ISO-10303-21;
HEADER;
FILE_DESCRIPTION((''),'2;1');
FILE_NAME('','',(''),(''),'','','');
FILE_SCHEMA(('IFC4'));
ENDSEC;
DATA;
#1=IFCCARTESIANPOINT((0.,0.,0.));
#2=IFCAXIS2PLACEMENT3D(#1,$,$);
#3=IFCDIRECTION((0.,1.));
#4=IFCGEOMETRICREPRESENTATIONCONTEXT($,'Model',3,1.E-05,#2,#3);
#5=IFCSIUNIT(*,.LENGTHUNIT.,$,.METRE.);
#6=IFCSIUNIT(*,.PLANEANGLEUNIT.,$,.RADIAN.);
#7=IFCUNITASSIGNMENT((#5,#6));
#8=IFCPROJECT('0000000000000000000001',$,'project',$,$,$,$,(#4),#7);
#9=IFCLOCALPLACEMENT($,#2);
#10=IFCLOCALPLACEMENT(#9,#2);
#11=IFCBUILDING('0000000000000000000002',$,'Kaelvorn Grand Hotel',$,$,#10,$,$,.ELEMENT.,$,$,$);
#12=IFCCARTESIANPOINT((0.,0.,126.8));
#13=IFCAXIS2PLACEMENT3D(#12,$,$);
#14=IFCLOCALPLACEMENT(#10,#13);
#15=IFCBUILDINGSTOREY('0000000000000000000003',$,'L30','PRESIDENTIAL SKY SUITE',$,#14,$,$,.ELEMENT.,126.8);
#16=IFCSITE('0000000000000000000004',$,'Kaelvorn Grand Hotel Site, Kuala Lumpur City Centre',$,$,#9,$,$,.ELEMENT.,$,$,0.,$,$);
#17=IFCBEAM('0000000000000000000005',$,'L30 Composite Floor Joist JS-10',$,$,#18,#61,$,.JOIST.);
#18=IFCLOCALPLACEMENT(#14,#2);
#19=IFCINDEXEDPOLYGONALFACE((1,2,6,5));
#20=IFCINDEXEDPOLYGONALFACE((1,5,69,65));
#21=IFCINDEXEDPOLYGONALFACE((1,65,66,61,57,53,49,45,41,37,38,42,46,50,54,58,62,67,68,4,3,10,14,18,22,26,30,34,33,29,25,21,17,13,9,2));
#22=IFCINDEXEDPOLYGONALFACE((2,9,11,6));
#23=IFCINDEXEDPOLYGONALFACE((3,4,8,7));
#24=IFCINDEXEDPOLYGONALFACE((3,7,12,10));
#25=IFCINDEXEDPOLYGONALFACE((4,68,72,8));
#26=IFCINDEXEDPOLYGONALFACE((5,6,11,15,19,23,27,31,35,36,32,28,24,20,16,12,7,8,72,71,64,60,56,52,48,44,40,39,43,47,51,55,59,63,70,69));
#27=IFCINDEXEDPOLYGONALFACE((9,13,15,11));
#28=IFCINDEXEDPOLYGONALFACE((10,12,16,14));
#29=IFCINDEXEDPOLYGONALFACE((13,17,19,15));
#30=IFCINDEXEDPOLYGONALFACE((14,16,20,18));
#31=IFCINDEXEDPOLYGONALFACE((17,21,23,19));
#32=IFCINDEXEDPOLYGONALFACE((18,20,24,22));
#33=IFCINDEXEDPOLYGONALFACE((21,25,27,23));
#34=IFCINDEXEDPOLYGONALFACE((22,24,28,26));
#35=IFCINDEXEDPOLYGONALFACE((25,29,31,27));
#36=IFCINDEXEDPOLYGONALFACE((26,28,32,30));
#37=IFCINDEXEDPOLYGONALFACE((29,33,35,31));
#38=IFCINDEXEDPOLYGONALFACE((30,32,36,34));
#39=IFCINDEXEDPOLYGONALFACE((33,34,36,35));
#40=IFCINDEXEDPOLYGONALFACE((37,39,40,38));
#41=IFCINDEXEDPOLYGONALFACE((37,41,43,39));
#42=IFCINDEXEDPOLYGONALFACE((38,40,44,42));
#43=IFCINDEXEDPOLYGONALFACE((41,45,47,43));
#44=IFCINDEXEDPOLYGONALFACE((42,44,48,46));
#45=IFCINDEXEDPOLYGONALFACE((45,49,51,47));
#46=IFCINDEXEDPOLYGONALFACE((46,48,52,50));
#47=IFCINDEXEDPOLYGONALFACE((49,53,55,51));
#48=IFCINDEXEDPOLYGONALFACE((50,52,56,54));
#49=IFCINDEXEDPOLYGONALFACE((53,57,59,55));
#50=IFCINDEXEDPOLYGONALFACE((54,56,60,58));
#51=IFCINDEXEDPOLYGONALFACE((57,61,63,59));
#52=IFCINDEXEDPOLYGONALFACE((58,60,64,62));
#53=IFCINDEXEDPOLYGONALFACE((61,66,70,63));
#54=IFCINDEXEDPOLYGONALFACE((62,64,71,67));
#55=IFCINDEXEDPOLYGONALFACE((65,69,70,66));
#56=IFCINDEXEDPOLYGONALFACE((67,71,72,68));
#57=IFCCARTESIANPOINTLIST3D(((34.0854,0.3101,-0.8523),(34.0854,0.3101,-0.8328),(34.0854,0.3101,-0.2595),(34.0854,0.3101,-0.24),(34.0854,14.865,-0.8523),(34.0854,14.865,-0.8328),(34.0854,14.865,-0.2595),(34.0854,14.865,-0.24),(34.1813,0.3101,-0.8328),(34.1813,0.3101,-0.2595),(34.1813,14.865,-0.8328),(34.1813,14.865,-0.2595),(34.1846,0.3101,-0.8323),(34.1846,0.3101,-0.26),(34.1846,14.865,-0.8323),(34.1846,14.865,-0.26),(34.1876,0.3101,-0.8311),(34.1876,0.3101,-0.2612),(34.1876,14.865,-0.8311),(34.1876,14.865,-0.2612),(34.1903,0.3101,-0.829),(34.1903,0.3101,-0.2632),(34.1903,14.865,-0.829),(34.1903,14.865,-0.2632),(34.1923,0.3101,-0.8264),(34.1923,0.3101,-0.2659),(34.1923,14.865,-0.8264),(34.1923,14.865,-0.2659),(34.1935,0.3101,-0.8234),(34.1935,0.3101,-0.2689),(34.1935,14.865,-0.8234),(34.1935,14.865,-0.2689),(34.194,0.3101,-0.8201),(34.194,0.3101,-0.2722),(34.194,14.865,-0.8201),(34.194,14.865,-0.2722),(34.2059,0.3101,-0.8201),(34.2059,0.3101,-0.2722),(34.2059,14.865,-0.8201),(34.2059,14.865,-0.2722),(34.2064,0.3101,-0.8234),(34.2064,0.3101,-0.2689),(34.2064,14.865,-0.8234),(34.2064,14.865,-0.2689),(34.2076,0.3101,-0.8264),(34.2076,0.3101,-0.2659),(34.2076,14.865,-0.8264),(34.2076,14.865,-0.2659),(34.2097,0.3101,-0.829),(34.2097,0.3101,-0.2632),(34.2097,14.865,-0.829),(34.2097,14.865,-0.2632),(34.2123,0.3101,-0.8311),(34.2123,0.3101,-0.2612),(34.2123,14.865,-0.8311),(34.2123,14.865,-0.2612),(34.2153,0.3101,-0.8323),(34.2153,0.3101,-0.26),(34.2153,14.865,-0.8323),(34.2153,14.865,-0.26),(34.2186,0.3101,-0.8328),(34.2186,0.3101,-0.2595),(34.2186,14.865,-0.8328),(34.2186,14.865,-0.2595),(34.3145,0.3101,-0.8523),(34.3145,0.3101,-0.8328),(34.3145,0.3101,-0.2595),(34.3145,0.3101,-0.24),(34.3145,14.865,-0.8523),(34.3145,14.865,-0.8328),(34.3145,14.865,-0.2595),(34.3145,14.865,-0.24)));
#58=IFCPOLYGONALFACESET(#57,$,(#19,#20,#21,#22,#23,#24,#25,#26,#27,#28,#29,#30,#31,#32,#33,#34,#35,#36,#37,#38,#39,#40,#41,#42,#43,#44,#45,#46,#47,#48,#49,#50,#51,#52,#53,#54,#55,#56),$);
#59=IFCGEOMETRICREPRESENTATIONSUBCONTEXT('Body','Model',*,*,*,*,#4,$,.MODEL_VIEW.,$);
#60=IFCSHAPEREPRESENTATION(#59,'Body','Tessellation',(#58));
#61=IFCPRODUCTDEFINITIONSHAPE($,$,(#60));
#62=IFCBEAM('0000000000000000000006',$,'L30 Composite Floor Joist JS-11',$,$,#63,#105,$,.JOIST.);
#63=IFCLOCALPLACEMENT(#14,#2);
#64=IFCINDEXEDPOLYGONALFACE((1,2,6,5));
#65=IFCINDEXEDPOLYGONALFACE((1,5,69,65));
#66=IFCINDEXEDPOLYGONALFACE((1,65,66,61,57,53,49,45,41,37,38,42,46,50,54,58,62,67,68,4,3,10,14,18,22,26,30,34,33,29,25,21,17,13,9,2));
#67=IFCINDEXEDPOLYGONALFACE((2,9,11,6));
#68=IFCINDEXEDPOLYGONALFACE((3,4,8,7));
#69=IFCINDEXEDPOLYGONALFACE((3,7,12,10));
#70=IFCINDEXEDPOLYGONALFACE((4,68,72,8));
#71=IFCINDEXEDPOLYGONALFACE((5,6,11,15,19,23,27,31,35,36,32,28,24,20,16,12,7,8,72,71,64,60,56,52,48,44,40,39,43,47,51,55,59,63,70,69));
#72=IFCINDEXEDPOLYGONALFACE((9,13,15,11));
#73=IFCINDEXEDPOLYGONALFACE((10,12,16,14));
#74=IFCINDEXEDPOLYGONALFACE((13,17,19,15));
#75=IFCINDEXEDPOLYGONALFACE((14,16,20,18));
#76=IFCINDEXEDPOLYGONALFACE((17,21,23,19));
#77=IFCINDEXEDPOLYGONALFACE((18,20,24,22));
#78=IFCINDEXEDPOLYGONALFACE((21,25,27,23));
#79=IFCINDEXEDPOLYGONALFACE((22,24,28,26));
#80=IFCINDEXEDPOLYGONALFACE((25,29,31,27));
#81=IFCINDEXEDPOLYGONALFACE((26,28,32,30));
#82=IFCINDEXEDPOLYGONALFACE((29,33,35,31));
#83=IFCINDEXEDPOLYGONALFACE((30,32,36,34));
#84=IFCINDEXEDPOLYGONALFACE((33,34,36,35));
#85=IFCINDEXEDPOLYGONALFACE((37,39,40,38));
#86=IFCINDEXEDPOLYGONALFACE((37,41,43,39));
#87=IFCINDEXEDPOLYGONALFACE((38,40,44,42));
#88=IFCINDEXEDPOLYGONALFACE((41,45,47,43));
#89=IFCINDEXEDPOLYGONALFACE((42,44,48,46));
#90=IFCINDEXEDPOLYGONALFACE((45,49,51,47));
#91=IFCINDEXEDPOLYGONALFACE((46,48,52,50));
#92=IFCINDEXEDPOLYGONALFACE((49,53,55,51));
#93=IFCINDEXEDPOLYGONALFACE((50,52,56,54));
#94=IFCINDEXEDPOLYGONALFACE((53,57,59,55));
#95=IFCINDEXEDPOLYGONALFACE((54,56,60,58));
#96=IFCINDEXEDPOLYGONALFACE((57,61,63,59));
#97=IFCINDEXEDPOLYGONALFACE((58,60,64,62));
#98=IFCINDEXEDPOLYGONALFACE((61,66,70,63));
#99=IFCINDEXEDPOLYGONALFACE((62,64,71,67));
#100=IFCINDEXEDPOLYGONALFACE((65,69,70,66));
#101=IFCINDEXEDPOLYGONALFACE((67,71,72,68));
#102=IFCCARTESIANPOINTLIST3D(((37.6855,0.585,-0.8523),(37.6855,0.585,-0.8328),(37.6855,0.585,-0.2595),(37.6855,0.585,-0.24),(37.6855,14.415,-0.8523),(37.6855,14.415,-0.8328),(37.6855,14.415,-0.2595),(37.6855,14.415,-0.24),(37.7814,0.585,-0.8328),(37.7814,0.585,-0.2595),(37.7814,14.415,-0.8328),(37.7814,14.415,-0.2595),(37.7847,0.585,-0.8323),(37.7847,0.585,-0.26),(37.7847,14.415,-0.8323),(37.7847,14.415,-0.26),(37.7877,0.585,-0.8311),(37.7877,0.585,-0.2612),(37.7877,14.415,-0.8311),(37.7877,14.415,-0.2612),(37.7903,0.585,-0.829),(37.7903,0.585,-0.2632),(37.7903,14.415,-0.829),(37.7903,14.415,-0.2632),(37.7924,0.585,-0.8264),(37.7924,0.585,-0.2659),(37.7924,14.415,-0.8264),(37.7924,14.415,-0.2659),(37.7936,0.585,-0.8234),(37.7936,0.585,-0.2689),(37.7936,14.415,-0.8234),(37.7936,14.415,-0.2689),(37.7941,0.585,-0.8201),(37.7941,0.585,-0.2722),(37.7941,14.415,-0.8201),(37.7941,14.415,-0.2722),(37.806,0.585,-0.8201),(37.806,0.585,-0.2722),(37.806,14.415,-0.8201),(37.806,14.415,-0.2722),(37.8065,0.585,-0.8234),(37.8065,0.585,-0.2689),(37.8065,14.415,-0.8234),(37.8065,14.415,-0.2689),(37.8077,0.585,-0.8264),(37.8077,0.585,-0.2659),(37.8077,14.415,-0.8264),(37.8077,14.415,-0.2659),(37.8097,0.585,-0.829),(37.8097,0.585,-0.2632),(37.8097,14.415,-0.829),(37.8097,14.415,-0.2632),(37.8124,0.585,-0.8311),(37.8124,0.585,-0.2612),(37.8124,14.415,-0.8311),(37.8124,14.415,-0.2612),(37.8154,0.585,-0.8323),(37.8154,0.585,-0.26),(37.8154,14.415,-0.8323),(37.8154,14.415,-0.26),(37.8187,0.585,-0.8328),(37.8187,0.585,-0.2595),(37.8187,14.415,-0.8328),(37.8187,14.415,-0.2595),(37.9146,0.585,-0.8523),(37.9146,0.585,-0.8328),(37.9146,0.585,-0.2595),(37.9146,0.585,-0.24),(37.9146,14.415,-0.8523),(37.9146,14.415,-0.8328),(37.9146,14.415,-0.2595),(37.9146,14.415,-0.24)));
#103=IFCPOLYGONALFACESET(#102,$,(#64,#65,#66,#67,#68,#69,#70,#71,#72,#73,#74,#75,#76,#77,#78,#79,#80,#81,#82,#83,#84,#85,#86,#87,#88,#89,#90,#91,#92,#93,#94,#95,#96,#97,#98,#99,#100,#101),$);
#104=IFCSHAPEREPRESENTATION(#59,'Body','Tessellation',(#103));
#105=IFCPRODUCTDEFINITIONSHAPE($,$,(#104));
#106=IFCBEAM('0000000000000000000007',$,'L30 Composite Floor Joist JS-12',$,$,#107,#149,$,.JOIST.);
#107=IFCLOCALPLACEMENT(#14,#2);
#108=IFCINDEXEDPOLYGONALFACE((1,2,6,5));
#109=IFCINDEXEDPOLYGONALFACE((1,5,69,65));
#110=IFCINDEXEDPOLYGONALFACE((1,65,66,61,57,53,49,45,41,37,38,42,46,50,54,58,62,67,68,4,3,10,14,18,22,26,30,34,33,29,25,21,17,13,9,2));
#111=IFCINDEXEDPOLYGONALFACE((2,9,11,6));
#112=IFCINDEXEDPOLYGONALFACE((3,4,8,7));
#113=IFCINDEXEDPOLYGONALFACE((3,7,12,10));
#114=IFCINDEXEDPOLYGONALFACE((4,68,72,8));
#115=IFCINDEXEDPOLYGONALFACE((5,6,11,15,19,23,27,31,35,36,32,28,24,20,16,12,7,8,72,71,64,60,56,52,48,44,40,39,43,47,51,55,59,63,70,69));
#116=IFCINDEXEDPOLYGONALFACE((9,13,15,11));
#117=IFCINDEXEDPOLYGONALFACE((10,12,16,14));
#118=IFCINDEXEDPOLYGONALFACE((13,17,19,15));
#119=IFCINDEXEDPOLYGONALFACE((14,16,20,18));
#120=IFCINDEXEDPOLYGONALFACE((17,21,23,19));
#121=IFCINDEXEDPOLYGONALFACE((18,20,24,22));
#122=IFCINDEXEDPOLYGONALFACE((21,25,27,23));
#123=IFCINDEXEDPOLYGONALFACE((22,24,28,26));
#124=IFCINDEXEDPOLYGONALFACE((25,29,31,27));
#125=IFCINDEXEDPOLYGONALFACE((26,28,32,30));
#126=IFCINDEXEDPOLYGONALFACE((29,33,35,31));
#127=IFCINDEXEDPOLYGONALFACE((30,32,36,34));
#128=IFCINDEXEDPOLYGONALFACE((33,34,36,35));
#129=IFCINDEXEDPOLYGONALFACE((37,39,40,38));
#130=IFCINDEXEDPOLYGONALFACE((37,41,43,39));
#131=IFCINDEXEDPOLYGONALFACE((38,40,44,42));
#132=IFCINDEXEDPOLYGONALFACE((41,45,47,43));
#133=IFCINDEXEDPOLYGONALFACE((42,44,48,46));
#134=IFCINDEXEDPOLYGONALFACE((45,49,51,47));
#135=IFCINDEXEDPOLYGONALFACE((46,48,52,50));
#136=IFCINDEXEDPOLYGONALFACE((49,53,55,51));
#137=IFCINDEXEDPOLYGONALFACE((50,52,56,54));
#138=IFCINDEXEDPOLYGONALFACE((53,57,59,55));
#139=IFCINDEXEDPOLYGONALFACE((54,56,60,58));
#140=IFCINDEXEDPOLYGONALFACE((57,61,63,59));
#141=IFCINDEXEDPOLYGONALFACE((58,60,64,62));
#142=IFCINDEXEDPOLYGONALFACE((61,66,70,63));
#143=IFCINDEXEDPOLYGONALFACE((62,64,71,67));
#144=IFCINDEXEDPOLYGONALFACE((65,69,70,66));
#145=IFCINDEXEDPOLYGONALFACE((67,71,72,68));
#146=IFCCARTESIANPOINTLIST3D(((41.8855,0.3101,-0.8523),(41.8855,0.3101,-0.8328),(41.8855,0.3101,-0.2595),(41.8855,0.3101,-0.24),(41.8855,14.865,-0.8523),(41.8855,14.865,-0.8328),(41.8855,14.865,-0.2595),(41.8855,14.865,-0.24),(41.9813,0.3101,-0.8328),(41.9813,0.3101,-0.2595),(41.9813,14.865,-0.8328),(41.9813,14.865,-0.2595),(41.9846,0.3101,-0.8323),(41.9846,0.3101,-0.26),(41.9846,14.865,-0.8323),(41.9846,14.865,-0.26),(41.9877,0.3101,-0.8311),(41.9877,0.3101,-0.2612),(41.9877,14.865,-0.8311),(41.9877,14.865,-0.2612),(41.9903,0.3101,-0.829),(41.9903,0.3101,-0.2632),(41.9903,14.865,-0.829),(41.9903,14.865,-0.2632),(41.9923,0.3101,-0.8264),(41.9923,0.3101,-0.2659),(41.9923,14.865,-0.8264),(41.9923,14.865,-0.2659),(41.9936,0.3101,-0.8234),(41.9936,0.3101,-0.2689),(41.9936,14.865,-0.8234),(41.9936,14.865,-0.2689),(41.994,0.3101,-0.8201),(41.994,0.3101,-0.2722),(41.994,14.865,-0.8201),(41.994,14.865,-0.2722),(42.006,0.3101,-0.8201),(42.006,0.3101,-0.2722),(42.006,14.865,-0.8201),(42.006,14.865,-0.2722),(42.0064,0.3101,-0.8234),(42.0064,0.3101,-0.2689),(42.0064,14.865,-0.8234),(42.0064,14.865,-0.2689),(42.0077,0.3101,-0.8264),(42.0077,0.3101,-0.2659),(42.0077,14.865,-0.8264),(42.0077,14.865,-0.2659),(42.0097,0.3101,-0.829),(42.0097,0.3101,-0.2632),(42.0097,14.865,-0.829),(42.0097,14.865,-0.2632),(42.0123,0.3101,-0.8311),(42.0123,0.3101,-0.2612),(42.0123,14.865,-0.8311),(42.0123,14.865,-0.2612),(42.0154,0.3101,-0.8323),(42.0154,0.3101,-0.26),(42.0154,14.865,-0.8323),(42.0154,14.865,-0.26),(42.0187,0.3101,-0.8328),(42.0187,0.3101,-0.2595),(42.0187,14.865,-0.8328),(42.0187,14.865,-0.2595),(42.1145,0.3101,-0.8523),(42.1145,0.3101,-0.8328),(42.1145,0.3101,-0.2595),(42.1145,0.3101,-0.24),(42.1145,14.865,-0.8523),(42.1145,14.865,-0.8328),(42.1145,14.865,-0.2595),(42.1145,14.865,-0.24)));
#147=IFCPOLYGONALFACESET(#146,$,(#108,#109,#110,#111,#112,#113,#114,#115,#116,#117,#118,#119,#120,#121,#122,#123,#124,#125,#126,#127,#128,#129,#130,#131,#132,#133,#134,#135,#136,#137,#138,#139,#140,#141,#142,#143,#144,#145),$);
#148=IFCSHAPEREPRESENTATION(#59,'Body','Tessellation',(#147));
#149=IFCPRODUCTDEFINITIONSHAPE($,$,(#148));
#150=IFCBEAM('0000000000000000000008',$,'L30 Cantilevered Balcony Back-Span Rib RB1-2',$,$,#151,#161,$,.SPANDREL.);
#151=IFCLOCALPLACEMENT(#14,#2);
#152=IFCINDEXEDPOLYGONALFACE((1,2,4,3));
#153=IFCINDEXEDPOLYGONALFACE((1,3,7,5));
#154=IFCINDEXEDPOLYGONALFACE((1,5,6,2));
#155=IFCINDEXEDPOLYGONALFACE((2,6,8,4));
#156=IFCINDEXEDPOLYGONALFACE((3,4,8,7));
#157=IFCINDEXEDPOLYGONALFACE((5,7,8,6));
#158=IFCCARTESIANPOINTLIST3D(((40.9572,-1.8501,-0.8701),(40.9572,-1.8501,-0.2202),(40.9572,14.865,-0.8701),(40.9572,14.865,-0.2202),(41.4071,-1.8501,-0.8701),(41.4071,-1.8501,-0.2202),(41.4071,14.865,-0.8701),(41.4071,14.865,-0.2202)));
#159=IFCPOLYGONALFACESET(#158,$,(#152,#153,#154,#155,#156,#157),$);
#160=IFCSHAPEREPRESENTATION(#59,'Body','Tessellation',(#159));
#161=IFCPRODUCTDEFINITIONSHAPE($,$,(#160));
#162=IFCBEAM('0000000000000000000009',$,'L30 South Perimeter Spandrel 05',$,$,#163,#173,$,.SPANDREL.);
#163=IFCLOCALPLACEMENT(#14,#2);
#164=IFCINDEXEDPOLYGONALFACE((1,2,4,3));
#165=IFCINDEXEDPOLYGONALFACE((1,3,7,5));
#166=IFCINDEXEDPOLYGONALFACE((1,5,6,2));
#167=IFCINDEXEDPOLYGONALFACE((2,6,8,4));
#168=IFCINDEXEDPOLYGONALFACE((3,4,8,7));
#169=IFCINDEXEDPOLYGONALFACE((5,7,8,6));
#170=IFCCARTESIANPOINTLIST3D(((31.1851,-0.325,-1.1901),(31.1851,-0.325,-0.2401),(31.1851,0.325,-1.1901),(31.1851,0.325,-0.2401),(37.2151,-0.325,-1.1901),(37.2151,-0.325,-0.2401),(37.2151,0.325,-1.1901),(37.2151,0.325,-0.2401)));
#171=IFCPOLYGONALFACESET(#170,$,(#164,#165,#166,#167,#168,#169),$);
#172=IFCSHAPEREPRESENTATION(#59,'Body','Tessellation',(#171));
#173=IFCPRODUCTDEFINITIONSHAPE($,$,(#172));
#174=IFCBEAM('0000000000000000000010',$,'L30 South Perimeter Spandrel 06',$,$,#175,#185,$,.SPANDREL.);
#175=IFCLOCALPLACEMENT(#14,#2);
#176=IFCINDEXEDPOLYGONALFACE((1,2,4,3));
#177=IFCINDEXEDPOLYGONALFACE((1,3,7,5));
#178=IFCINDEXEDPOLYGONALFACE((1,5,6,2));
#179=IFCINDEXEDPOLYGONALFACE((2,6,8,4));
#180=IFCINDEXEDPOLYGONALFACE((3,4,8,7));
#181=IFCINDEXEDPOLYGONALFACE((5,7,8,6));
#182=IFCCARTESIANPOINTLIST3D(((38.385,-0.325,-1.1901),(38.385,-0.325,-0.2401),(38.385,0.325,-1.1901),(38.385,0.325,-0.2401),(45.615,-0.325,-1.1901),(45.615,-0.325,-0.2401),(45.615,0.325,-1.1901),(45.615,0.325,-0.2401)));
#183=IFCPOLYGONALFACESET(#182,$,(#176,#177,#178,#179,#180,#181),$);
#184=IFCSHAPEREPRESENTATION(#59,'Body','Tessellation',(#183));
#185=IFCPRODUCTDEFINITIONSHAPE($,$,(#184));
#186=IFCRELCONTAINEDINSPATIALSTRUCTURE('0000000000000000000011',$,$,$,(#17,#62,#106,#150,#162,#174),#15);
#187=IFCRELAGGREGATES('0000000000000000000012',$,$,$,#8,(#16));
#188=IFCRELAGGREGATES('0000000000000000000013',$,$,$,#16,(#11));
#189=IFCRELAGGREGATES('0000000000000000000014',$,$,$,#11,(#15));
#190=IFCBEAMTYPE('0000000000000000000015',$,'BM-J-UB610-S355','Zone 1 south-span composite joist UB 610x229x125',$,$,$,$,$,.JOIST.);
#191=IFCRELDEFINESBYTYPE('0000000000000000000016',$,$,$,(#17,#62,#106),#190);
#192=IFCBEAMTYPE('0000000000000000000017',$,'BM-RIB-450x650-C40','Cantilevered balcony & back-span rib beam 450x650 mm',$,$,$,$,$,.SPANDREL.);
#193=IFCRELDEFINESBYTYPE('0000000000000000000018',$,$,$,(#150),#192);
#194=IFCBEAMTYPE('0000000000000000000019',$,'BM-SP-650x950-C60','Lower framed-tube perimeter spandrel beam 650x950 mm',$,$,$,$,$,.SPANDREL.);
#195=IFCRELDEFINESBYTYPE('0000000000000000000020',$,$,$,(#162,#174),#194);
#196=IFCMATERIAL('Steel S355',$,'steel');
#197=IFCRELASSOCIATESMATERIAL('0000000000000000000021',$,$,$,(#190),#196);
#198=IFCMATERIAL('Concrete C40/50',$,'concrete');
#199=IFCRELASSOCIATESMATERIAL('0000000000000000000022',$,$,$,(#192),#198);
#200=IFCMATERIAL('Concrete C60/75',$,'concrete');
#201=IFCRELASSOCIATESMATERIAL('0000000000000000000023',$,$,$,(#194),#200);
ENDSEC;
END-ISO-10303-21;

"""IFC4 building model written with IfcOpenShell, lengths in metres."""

from ifc_helpers import new_model, si_unit, direction, frame, origin, origin_2d, place, context, subcontext, project, spatial, rectangle, i_section, extrude, material, material_profile, profile_set, type_object, element, save


model = new_model("IFC4")

# Units and contexts
model_context = context("Model", 3, precision=1e-05, world=origin(), true_north=direction((0.0, 1.0)))
body_context = subcontext(model_context, "Body", "Model", "MODEL_VIEW")
ifc_project = project(units=[si_unit("LENGTHUNIT", "METRE"), si_unit("PLANEANGLEUNIT", "RADIAN")], contexts=[model_context])

# Site, building, storey
site_placement = place(None, origin())
site = spatial("IfcSite", under=ifc_project, at=site_placement, Name="Kaelvorn Grand Hotel Site, Kuala Lumpur City Centre", CompositionType="ELEMENT", RefElevation=0.0)
building_placement = place(site_placement, origin())
building = spatial("IfcBuilding", under=site, at=building_placement, Name="Kaelvorn Grand Hotel", CompositionType="ELEMENT")
storey_placement = place(building_placement, frame((0.0, 0.0, 126.8)))
storey = spatial("IfcBuildingStorey", under=building, at=storey_placement, Name="L30", Description="PRESIDENTIAL SKY SUITE", CompositionType="ELEMENT", Elevation=126.8)

# Shared definitions
ifc_material_1 = material(Name="Concrete C60/75", Category="concrete")

# Beams
ifc_material_2 = material(Name="Steel S355", Category="steel")
ifc_material_profile_1 = material_profile(ifc_material_2, i_section(OverallWidth=0.229, OverallDepth=0.6123, WebThickness=0.012, FlangeThickness=0.0195, FilletRadius=0.0127, at=origin_2d()), Name="UB 610x229x125")
ifc_profile_set_1 = profile_set([ifc_material_profile_1], Name="Steel S355")
beam_type_1 = type_object("IfcBeamType", Name="BM-J-UB610-S355", Description="Zone 1 south-span composite joist UB 610x229x125", PredefinedType="JOIST", material=ifc_profile_set_1)
beam_1_placement = place(storey_placement, frame((34.2, 0.3101, -0.5461), z_axis=(0.0, 1.0, 0.0), x_axis=(-1.0, 0.0, 0.0)))
element("IfcBeam", 1, at=beam_1_placement, inside=storey, type_object=beam_type_1, Name="L30 Composite Floor Joist JS-10", PredefinedType="JOIST", context=body_context, shape_type="SweptSolid", body=[
    extrude(i_section(OverallWidth=0.229, OverallDepth=0.6123, WebThickness=0.012, FlangeThickness=0.0195, FilletRadius=0.0127, at=origin_2d()), origin(), (0.0, 0.0, 1.0), 14.5549),
])
beam_2_placement = place(storey_placement, frame((37.8, 0.585, -0.5461), z_axis=(0.0, 1.0, 0.0), x_axis=(-1.0, 0.0, 0.0)))
element("IfcBeam", 2, at=beam_2_placement, inside=storey, type_object=beam_type_1, Name="L30 Composite Floor Joist JS-11", PredefinedType="JOIST", context=body_context, shape_type="SweptSolid", body=[
    extrude(i_section(OverallWidth=0.229, OverallDepth=0.6123, WebThickness=0.012, FlangeThickness=0.0195, FilletRadius=0.0127, at=origin_2d()), origin(), (0.0, 0.0, 1.0), 13.8301),
])
beam_3_placement = place(storey_placement, frame((42.0, 0.3101, -0.5461), z_axis=(0.0, 1.0, 0.0), x_axis=(-1.0, 0.0, 0.0)))
element("IfcBeam", 3, at=beam_3_placement, inside=storey, type_object=beam_type_1, Name="L30 Composite Floor Joist JS-12", PredefinedType="JOIST", context=body_context, shape_type="SweptSolid", body=[
    extrude(i_section(OverallWidth=0.229, OverallDepth=0.6123, WebThickness=0.012, FlangeThickness=0.0195, FilletRadius=0.0127, at=origin_2d()), origin(), (0.0, 0.0, 1.0), 14.5549),
])
ifc_material_3 = material(Name="Concrete C40/50", Category="concrete")
ifc_material_profile_2 = material_profile(ifc_material_3, rectangle(XDim=0.45, YDim=0.6499, at=origin_2d()), Name="RC RIB 450x650")
ifc_profile_set_2 = profile_set([ifc_material_profile_2], Name="Concrete C40/50")
beam_type_2 = type_object("IfcBeamType", Name="BM-RIB-450x650-C40", Description="Cantilevered balcony & back-span rib beam 450x650 mm", PredefinedType="SPANDREL", material=ifc_profile_set_2)
beam_4_placement = place(storey_placement, frame((41.1821, -1.8501, -0.5452), z_axis=(0.0, 1.0, 0.0), x_axis=(-1.0, 0.0, 0.0)))
element("IfcBeam", 4, at=beam_4_placement, inside=storey, type_object=beam_type_2, Name="L30 Cantilevered Balcony Back-Span Rib RB1-2", PredefinedType="SPANDREL", context=body_context, shape_type="SweptSolid", body=[
    extrude(rectangle(XDim=0.45, YDim=0.6499, at=origin_2d()), origin(), (0.0, 0.0, 1.0), 16.7151),
])
ifc_material_profile_3 = material_profile(ifc_material_1, rectangle(XDim=0.6499, YDim=0.95, at=origin_2d()), Name="RC SPANDREL 650x950")
ifc_profile_set_3 = profile_set([ifc_material_profile_3], Name="Concrete C60/75")
beam_type_3 = type_object("IfcBeamType", Name="BM-SP-650x950-C60", Description="Lower framed-tube perimeter spandrel beam 650x950 mm", PredefinedType="SPANDREL", material=ifc_profile_set_3)
beam_5_placement = place(storey_placement, frame((31.1851, 0.0, -0.7151), z_axis=(1.0, 0.0, 0.0), x_axis=(0.0, 1.0, 0.0)))
element("IfcBeam", 5, at=beam_5_placement, inside=storey, type_object=beam_type_3, Name="L30 South Perimeter Spandrel 05", PredefinedType="SPANDREL", context=body_context, shape_type="SweptSolid", body=[
    extrude(rectangle(XDim=0.6499, YDim=0.95, at=origin_2d()), origin(), (0.0, 0.0, 1.0), 6.03),
])
beam_6_placement = place(storey_placement, frame((38.385, 0.0, -0.7151), z_axis=(1.0, 0.0, 0.0), x_axis=(0.0, 1.0, 0.0)))
element("IfcBeam", 6, at=beam_6_placement, inside=storey, type_object=beam_type_3, Name="L30 South Perimeter Spandrel 06", PredefinedType="SPANDREL", context=body_context, shape_type="SweptSolid", body=[
    extrude(rectangle(XDim=0.6499, YDim=0.95, at=origin_2d()), origin(), (0.0, 0.0, 1.0), 7.23),
])

save(model, "model.ifc")
